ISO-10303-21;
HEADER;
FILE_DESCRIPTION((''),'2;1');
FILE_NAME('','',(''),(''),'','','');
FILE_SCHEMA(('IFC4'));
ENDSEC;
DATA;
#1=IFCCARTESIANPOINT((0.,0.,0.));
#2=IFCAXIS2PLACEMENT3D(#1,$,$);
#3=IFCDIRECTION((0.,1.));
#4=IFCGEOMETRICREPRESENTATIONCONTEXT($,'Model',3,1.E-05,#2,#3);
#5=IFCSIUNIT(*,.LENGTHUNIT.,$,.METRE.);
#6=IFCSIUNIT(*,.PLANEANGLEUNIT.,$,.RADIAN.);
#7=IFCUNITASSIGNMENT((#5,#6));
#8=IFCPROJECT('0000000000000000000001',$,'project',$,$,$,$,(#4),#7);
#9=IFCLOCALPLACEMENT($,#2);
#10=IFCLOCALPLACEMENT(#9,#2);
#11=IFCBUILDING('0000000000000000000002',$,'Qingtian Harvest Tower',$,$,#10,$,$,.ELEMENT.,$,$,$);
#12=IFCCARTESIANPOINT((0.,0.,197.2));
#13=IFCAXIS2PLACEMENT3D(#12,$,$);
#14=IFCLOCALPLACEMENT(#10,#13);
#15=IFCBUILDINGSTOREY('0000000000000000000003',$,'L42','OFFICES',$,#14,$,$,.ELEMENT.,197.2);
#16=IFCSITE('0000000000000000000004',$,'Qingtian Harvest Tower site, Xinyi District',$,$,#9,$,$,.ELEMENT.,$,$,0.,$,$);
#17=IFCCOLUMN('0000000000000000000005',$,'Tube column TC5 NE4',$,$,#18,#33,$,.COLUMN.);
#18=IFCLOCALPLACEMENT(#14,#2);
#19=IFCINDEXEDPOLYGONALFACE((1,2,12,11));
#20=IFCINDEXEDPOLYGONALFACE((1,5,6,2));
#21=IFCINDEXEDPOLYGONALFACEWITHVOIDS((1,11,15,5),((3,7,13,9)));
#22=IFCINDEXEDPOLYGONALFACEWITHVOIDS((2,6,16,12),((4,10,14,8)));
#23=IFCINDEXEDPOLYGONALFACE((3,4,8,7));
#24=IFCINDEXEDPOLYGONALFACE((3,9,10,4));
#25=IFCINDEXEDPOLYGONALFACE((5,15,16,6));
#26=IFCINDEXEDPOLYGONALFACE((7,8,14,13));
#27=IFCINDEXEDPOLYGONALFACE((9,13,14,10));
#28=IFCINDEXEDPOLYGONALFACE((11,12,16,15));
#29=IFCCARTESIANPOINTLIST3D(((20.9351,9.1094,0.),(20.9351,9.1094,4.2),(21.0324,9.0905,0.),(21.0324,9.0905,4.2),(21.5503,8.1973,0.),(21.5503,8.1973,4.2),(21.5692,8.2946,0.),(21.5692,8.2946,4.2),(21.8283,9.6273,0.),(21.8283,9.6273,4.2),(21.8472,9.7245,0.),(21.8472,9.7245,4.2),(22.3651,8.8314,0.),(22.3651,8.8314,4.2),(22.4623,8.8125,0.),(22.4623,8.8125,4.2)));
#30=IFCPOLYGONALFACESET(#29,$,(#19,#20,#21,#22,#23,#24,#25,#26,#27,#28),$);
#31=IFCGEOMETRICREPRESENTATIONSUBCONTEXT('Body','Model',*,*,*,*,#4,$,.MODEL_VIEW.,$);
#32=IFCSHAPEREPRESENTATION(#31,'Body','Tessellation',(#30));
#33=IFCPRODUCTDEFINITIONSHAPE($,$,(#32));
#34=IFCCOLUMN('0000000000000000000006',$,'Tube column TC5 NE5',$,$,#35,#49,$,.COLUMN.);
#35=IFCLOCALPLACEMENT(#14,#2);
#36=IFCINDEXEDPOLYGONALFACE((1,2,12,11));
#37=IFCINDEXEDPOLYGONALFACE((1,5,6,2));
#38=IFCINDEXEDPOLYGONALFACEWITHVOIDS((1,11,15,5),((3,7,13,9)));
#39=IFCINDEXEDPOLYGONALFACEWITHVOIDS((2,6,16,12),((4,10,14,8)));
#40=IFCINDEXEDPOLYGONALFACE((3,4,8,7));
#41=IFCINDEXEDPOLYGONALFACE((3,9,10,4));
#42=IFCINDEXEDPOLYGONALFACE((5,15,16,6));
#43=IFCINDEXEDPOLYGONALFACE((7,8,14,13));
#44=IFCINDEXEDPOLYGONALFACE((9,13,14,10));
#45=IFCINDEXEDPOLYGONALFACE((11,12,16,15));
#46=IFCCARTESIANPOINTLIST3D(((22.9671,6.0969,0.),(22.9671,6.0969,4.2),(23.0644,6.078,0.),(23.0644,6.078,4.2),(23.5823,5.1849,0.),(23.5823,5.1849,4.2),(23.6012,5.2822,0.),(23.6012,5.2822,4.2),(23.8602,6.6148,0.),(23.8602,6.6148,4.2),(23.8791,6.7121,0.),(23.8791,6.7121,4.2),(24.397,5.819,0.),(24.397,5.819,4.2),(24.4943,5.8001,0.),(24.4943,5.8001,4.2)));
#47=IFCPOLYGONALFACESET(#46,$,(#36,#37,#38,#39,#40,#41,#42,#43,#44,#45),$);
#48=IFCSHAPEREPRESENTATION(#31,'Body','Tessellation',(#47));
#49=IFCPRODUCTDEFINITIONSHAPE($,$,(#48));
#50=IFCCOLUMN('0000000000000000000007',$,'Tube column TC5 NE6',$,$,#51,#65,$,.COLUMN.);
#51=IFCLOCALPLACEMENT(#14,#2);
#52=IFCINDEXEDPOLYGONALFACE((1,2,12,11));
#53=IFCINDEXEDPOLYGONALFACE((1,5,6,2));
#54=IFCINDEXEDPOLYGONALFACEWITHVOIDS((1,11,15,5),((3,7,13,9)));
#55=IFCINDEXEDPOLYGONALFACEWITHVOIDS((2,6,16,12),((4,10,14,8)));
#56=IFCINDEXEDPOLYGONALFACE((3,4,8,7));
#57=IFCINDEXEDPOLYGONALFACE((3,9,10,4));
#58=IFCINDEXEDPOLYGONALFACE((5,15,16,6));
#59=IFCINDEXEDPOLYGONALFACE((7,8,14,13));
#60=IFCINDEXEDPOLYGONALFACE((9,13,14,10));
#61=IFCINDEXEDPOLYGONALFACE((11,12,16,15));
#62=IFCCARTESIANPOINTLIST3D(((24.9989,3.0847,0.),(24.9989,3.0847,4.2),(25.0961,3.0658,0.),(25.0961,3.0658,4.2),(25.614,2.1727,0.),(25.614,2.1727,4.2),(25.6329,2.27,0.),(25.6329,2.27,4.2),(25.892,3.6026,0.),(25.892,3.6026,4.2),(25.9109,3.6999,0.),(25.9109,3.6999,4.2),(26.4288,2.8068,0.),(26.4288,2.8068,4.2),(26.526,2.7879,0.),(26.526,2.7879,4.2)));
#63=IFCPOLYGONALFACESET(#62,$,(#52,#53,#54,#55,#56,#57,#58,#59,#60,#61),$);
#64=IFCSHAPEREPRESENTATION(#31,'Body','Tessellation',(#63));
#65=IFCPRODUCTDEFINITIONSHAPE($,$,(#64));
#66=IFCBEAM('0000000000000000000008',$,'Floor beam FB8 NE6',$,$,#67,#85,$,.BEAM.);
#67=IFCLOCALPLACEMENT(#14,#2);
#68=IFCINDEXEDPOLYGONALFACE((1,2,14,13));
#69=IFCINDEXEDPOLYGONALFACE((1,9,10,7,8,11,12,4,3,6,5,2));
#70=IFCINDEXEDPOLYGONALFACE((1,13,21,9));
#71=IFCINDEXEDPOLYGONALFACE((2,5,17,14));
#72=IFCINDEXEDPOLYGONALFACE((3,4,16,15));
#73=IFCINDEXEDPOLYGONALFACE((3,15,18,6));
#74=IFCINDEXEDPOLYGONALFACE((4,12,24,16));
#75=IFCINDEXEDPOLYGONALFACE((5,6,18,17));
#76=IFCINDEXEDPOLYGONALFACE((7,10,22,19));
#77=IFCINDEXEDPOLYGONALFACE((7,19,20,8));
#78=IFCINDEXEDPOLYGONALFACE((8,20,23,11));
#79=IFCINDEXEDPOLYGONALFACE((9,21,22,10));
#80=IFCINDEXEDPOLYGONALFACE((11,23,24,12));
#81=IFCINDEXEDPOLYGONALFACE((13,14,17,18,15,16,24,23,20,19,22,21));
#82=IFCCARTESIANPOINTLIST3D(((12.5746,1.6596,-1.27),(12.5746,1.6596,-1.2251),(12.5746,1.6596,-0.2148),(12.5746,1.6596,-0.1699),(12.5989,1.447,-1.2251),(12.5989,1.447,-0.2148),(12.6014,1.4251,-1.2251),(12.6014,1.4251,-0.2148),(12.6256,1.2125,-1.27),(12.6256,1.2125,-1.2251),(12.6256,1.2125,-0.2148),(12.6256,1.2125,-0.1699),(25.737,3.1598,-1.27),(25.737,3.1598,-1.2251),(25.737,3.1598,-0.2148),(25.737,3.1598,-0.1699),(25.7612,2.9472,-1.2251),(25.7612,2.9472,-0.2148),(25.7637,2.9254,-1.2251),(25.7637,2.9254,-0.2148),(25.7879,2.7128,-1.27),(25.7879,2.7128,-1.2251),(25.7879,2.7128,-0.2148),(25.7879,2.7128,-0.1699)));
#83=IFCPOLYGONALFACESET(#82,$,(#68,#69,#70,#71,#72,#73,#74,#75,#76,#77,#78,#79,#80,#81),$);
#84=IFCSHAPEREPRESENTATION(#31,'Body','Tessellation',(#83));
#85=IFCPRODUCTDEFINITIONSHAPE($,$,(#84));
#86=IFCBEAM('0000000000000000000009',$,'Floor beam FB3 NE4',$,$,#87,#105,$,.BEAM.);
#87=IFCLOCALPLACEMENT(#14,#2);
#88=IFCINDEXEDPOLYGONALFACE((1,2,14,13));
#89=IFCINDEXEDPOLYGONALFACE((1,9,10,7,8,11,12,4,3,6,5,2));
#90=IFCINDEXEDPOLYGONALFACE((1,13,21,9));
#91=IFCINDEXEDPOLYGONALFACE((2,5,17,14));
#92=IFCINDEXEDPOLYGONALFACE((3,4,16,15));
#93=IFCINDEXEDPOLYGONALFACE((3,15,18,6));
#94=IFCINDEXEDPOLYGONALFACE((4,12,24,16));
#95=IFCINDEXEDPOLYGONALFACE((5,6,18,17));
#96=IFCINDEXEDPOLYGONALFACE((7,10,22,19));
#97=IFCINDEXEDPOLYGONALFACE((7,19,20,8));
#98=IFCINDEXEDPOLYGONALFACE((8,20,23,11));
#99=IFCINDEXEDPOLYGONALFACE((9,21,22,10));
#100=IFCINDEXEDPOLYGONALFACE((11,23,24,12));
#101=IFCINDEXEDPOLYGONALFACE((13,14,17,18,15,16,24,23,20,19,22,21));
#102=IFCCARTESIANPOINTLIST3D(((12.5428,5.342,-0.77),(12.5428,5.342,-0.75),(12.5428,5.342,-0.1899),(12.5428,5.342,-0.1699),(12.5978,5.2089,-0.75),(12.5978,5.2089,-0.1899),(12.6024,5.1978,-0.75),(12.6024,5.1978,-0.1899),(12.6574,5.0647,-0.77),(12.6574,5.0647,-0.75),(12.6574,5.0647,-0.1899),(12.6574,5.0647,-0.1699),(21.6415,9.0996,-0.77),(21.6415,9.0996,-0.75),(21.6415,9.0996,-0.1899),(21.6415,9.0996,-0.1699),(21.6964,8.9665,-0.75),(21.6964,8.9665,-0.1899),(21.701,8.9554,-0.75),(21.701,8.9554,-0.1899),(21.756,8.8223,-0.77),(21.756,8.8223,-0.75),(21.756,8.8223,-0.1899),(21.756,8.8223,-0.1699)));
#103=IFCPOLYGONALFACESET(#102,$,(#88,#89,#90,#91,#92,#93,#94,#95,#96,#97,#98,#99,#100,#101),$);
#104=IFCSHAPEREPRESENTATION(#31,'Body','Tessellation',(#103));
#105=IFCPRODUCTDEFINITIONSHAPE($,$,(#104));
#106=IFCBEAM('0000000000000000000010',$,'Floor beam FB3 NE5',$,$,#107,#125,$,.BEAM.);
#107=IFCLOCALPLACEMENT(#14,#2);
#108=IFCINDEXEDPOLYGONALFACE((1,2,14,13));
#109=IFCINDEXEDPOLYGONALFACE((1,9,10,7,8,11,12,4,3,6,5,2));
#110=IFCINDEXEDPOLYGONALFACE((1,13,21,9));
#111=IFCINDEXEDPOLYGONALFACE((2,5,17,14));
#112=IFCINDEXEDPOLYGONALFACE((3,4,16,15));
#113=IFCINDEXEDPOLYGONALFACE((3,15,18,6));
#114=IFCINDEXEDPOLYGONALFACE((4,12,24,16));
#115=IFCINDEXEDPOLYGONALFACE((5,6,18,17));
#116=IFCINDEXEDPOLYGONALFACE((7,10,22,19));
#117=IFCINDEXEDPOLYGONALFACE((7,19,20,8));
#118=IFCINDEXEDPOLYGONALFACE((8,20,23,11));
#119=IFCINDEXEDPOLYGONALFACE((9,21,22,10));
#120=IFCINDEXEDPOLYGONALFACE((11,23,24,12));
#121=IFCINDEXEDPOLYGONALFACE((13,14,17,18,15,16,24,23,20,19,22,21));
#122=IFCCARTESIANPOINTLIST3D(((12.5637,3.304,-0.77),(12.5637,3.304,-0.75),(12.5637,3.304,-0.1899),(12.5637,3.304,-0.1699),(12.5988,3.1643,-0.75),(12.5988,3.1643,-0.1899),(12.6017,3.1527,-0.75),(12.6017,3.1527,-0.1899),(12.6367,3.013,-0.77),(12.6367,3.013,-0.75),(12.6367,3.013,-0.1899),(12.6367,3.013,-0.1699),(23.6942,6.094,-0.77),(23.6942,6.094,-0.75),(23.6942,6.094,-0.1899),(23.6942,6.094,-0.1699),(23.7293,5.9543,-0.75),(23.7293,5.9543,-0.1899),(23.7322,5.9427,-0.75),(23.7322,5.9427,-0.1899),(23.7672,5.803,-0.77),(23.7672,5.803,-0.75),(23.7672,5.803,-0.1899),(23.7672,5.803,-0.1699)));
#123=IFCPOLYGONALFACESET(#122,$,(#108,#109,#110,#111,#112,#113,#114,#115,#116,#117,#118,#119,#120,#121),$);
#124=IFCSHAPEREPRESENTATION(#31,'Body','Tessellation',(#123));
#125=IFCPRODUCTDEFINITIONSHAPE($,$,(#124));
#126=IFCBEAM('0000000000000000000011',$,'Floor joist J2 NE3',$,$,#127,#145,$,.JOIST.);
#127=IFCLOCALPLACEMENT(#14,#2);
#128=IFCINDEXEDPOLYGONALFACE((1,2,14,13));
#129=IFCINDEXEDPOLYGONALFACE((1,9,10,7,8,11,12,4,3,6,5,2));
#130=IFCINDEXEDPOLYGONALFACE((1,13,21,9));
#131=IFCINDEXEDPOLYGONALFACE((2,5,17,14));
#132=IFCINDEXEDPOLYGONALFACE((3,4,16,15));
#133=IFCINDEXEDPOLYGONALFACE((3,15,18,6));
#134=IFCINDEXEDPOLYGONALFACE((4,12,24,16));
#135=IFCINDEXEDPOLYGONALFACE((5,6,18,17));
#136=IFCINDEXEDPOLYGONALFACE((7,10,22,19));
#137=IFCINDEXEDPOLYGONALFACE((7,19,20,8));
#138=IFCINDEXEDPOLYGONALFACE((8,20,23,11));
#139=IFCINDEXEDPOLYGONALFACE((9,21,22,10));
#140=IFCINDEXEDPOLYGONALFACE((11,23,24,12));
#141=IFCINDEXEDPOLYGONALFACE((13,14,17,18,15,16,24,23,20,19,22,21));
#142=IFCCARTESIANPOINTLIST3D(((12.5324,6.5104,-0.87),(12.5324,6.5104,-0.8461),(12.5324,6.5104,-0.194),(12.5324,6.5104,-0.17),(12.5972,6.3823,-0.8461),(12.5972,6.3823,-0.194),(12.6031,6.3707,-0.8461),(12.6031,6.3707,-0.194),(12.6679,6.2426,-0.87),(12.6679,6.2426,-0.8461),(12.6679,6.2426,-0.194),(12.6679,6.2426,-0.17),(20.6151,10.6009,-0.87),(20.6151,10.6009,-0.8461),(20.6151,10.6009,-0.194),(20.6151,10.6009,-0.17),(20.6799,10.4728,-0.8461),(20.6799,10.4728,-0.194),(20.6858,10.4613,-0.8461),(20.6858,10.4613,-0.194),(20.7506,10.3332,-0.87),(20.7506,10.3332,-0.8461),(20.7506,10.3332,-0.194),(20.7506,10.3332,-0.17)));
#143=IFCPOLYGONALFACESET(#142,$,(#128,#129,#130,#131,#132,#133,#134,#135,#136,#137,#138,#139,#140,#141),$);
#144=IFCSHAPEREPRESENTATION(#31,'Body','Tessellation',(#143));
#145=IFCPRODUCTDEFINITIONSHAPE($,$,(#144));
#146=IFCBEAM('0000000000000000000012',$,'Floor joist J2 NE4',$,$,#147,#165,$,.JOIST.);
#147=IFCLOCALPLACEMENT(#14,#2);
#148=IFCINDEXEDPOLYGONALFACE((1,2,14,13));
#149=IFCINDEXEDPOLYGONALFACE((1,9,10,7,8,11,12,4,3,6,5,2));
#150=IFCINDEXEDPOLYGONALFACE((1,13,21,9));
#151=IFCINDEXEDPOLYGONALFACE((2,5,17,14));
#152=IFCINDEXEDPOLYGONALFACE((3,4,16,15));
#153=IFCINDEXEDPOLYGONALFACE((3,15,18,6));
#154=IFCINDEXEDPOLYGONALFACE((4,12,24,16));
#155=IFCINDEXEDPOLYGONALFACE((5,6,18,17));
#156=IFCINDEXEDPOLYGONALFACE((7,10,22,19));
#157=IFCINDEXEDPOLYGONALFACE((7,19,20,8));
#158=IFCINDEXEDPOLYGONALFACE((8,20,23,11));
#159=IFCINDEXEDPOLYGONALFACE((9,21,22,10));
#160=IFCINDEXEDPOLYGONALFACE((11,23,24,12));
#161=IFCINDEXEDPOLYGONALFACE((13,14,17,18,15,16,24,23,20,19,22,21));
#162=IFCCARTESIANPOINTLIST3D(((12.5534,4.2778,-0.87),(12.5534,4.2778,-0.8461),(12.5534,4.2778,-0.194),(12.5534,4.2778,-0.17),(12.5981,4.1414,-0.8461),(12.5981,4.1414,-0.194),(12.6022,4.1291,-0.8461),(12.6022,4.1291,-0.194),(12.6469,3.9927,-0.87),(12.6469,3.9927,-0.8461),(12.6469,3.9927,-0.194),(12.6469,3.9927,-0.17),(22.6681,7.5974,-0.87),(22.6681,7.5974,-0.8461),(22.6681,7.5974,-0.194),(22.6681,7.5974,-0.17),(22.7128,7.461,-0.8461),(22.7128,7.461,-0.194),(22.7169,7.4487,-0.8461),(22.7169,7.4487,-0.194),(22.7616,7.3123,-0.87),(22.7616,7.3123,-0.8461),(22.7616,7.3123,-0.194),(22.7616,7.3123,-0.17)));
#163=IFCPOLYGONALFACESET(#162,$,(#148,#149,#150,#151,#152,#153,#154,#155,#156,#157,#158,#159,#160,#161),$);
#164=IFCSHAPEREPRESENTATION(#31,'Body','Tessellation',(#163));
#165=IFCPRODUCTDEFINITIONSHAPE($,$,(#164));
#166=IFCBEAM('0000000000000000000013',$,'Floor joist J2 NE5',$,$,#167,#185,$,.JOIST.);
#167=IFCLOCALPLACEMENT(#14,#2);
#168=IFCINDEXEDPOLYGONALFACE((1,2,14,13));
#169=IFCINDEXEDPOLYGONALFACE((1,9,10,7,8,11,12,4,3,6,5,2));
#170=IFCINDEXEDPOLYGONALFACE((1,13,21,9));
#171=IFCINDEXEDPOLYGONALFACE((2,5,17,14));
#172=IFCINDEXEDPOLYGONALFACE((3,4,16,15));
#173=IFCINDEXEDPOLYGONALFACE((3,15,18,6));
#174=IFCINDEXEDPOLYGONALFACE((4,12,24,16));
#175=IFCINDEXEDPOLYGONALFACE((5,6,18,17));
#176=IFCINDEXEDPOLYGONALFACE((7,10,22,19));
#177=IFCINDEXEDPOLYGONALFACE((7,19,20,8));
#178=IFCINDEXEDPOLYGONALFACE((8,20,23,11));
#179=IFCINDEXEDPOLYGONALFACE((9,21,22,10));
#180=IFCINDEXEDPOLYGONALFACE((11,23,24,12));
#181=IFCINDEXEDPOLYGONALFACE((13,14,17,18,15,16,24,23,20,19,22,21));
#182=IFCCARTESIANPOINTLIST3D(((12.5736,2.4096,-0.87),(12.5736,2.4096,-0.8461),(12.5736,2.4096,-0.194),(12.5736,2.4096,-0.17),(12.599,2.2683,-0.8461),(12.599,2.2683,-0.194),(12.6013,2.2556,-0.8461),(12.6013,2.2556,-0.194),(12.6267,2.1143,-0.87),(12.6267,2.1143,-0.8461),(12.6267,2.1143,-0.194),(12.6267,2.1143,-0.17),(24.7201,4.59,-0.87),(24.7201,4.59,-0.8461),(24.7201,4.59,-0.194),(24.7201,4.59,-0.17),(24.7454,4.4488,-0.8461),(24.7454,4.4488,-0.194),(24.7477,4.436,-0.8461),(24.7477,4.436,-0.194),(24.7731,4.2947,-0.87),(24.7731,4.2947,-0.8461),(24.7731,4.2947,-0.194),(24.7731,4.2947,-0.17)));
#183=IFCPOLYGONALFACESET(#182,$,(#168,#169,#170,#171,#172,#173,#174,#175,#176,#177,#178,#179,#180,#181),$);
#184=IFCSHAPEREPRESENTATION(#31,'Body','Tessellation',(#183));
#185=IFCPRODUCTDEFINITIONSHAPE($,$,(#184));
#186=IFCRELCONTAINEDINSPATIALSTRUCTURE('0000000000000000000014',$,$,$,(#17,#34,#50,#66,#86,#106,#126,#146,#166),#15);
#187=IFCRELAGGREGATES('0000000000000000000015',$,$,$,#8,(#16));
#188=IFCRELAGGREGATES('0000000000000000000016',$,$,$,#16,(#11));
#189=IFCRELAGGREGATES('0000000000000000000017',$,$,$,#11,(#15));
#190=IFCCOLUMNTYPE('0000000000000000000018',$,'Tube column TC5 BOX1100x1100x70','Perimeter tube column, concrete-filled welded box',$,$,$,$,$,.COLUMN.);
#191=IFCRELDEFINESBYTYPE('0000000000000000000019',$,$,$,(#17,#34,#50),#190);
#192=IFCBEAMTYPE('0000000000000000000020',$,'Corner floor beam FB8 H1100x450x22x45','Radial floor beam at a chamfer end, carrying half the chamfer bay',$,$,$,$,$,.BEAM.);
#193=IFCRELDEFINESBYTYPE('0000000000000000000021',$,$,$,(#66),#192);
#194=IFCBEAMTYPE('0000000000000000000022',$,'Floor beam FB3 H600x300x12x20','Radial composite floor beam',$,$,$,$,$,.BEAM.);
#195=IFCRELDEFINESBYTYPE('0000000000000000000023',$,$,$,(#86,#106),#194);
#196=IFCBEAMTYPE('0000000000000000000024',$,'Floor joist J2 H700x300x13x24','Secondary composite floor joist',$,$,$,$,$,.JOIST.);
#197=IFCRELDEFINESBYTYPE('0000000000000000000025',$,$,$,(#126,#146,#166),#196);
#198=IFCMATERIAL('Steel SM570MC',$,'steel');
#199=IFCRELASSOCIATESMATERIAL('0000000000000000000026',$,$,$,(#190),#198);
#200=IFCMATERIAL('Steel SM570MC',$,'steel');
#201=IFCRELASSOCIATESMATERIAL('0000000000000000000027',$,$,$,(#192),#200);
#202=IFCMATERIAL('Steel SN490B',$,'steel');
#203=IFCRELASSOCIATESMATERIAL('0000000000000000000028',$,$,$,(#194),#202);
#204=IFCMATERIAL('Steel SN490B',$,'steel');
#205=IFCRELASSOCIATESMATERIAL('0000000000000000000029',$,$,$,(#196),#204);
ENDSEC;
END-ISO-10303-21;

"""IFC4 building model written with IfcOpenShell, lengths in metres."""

from ifc_helpers import new_model, si_unit, direction, frame, origin, origin_2d, place, context, subcontext, project, spatial, hollow_rectangle, i_section, extrude, material, material_profile, profile_set, type_object, element, save


model = new_model("IFC4")

# Units and contexts
model_context = context("Model", 3, precision=1e-05, world=origin(), true_north=direction((0.0, 1.0)))
body_context = subcontext(model_context, "Body", "Model", "MODEL_VIEW")
ifc_project = project(units=[si_unit("LENGTHUNIT", "METRE"), si_unit("PLANEANGLEUNIT", "RADIAN")], contexts=[model_context])

# Site, building, storey
site_placement = place(None, origin())
site = spatial("IfcSite", under=ifc_project, at=site_placement, Name="Qingtian Harvest Tower site, Xinyi District", CompositionType="ELEMENT", RefElevation=0.0)
building_placement = place(site_placement, origin())
building = spatial("IfcBuilding", under=site, at=building_placement, Name="Qingtian Harvest Tower", CompositionType="ELEMENT")
storey_placement = place(building_placement, frame((0.0, 0.0, 197.2)))
storey = spatial("IfcBuildingStorey", under=building, at=storey_placement, Name="L42", Description="OFFICES", CompositionType="ELEMENT", Elevation=197.2)

# Columns
ifc_material_1 = material(Name="Steel SM570MC", Category="steel")
ifc_material_profile_1 = material_profile(ifc_material_1, hollow_rectangle(XDim=1.1001, YDim=1.1001, WallThickness=0.0701, at=origin_2d()), Name="BOX1100x1100x70")
ifc_profile_set_1 = profile_set([ifc_material_profile_1], Name="Steel SM570MC")
column_type = type_object("IfcColumnType", Name="Tube column TC5 BOX1100x1100x70", Description="Perimeter tube column, concrete-filled welded box", PredefinedType="COLUMN", material=ifc_profile_set_1)
for number, where, z_axis, x_axis, name in (
    (1, (21.6987, 8.9609, 0.0), (0.0, 0.0, 1.0), (-0.559193, 0.829038, 0.0), "Tube column TC5 NE4"),
    (2, (23.7307, 5.9485, 0.0), (0.0, 0.0, 1.0), (-0.559193, 0.829038, 0.0), "Tube column TC5 NE5"),
    (3, (25.7625, 2.9363, 0.0), (0.0, 0.0, 1.0), (-0.559193, 0.829038, 0.0), "Tube column TC5 NE6"),
):
    element("IfcColumn", number, at=place(storey_placement, frame(where, z_axis=z_axis, x_axis=x_axis)), inside=storey, type_object=column_type, Name=name, PredefinedType="COLUMN", context=body_context, shape_type="SweptSolid", body=[
        extrude(hollow_rectangle(XDim=1.1001, YDim=1.1001, WallThickness=0.0701, at=origin_2d()), origin(), (0.0, 0.0, 1.0), 4.2),
    ])

# Beams
ifc_material_2 = material(Name="Steel SM570MC", Category="steel")
ifc_material_profile_2 = material_profile(ifc_material_2, i_section(OverallWidth=0.45, OverallDepth=1.1001, WebThickness=0.022, FlangeThickness=0.0449, at=origin_2d()), Name="H1100x450x22x45")
ifc_profile_set_2 = profile_set([ifc_material_profile_2], Name="Steel SM570MC")
beam_type_1 = type_object("IfcBeamType", Name="Corner floor beam FB8 H1100x450x22x45", Description="Radial floor beam at a chamfer end, carrying half the chamfer bay", PredefinedType="BEAM", material=ifc_profile_set_2)
beam_1_placement = place(storey_placement, frame((25.7625, 2.9363, -0.72), z_axis=(-0.993567, -0.113247, 0.0), x_axis=(0.113247, -0.993567, 0.0)))
element("IfcBeam", 4, at=beam_1_placement, inside=storey, type_object=beam_type_1, Name="Floor beam FB8 NE6", PredefinedType="BEAM", context=body_context, shape_type="SweptSolid", body=[
    extrude(i_section(OverallWidth=0.45, OverallDepth=1.1001, WebThickness=0.022, FlangeThickness=0.0449, at=origin_2d()), origin(), (0.0, 0.0, 1.0), 13.2476),
])
ifc_material_3 = material(Name="Steel SN490B", Category="steel")
ifc_material_profile_3 = material_profile(ifc_material_3, i_section(OverallWidth=0.3, OverallDepth=0.6001, WebThickness=0.012, FlangeThickness=0.02, at=origin_2d()), Name="H600x300x12x20")
ifc_profile_set_3 = profile_set([ifc_material_profile_3], Name="Steel SN490B")
beam_type_2 = type_object("IfcBeamType", Name="Floor beam FB3 H600x300x12x20", Description="Radial composite floor beam", PredefinedType="BEAM", material=ifc_profile_set_3)
beam_2_placement = place(storey_placement, frame((21.6987, 8.9609, -0.47), z_axis=(-0.924282, -0.381711, 0.0), x_axis=(0.381711, -0.924282, 0.0)))
element("IfcBeam", 5, at=beam_2_placement, inside=storey, type_object=beam_type_2, Name="Floor beam FB3 NE4", PredefinedType="BEAM", context=body_context, shape_type="SweptSolid", body=[
    extrude(i_section(OverallWidth=0.3, OverallDepth=0.6001, WebThickness=0.012, FlangeThickness=0.02, at=origin_2d()), origin(), (0.0, 0.0, 1.0), 9.844),
])
beam_3_placement = place(storey_placement, frame((23.7307, 5.9485, -0.47), z_axis=(-0.969991, -0.243141, 0.0), x_axis=(0.243141, -0.969991, 0.0)))
element("IfcBeam", 6, at=beam_3_placement, inside=storey, type_object=beam_type_2, Name="Floor beam FB3 NE5", PredefinedType="BEAM", context=body_context, shape_type="SweptSolid", body=[
    extrude(i_section(OverallWidth=0.3, OverallDepth=0.6001, WebThickness=0.012, FlangeThickness=0.02, at=origin_2d()), origin(), (0.0, 0.0, 1.0), 11.4749),
])
ifc_material_4 = material(Name="Steel SN490B", Category="steel")
ifc_material_profile_4 = material_profile(ifc_material_4, i_section(OverallWidth=0.3, OverallDepth=0.7, WebThickness=0.0129, FlangeThickness=0.0239, at=origin_2d()), Name="H700x300x13x24")
ifc_profile_set_4 = profile_set([ifc_material_profile_4], Name="Steel SN490B")
beam_type_3 = type_object("IfcBeamType", Name="Floor joist J2 H700x300x13x24", Description="Secondary composite floor joist", PredefinedType="JOIST", material=ifc_profile_set_4)
beam_4_placement = place(storey_placement, frame((20.6829, 10.467, -0.52), z_axis=(-0.892244, -0.451553, 0.0), x_axis=(0.451553, -0.892244, 0.0)))
element("IfcBeam", 7, at=beam_4_placement, inside=storey, type_object=beam_type_3, Name="Floor joist J2 NE3", PredefinedType="JOIST", context=body_context, shape_type="SweptSolid", body=[
    extrude(i_section(OverallWidth=0.3, OverallDepth=0.7, WebThickness=0.0129, FlangeThickness=0.0239, at=origin_2d()), origin(), (0.0, 0.0, 1.0), 9.0588),
])
beam_5_placement = place(storey_placement, frame((22.7148, 7.4548, -0.52), z_axis=(-0.950139, -0.311828, 0.0), x_axis=(0.311828, -0.950139, 0.0)))
element("IfcBeam", 8, at=beam_5_placement, inside=storey, type_object=beam_type_3, Name="Floor joist J2 NE4", PredefinedType="JOIST", context=body_context, shape_type="SweptSolid", body=[
    extrude(i_section(OverallWidth=0.3, OverallDepth=0.7, WebThickness=0.0129, FlangeThickness=0.0239, at=origin_2d()), origin(), (0.0, 0.0, 1.0), 10.6455),
])
beam_6_placement = place(storey_placement, frame((24.7466, 4.4424, -0.52), z_axis=(-0.984267, -0.176686, 0.0), x_axis=(0.176686, -0.984267, 0.0)))
element("IfcBeam", 9, at=beam_6_placement, inside=storey, type_object=beam_type_3, Name="Floor joist J2 NE5", PredefinedType="JOIST", context=body_context, shape_type="SweptSolid", body=[
    extrude(i_section(OverallWidth=0.3, OverallDepth=0.7, WebThickness=0.0129, FlangeThickness=0.0239, at=origin_2d()), origin(), (0.0, 0.0, 1.0), 12.3406),
])

save(model, "model.ifc")
